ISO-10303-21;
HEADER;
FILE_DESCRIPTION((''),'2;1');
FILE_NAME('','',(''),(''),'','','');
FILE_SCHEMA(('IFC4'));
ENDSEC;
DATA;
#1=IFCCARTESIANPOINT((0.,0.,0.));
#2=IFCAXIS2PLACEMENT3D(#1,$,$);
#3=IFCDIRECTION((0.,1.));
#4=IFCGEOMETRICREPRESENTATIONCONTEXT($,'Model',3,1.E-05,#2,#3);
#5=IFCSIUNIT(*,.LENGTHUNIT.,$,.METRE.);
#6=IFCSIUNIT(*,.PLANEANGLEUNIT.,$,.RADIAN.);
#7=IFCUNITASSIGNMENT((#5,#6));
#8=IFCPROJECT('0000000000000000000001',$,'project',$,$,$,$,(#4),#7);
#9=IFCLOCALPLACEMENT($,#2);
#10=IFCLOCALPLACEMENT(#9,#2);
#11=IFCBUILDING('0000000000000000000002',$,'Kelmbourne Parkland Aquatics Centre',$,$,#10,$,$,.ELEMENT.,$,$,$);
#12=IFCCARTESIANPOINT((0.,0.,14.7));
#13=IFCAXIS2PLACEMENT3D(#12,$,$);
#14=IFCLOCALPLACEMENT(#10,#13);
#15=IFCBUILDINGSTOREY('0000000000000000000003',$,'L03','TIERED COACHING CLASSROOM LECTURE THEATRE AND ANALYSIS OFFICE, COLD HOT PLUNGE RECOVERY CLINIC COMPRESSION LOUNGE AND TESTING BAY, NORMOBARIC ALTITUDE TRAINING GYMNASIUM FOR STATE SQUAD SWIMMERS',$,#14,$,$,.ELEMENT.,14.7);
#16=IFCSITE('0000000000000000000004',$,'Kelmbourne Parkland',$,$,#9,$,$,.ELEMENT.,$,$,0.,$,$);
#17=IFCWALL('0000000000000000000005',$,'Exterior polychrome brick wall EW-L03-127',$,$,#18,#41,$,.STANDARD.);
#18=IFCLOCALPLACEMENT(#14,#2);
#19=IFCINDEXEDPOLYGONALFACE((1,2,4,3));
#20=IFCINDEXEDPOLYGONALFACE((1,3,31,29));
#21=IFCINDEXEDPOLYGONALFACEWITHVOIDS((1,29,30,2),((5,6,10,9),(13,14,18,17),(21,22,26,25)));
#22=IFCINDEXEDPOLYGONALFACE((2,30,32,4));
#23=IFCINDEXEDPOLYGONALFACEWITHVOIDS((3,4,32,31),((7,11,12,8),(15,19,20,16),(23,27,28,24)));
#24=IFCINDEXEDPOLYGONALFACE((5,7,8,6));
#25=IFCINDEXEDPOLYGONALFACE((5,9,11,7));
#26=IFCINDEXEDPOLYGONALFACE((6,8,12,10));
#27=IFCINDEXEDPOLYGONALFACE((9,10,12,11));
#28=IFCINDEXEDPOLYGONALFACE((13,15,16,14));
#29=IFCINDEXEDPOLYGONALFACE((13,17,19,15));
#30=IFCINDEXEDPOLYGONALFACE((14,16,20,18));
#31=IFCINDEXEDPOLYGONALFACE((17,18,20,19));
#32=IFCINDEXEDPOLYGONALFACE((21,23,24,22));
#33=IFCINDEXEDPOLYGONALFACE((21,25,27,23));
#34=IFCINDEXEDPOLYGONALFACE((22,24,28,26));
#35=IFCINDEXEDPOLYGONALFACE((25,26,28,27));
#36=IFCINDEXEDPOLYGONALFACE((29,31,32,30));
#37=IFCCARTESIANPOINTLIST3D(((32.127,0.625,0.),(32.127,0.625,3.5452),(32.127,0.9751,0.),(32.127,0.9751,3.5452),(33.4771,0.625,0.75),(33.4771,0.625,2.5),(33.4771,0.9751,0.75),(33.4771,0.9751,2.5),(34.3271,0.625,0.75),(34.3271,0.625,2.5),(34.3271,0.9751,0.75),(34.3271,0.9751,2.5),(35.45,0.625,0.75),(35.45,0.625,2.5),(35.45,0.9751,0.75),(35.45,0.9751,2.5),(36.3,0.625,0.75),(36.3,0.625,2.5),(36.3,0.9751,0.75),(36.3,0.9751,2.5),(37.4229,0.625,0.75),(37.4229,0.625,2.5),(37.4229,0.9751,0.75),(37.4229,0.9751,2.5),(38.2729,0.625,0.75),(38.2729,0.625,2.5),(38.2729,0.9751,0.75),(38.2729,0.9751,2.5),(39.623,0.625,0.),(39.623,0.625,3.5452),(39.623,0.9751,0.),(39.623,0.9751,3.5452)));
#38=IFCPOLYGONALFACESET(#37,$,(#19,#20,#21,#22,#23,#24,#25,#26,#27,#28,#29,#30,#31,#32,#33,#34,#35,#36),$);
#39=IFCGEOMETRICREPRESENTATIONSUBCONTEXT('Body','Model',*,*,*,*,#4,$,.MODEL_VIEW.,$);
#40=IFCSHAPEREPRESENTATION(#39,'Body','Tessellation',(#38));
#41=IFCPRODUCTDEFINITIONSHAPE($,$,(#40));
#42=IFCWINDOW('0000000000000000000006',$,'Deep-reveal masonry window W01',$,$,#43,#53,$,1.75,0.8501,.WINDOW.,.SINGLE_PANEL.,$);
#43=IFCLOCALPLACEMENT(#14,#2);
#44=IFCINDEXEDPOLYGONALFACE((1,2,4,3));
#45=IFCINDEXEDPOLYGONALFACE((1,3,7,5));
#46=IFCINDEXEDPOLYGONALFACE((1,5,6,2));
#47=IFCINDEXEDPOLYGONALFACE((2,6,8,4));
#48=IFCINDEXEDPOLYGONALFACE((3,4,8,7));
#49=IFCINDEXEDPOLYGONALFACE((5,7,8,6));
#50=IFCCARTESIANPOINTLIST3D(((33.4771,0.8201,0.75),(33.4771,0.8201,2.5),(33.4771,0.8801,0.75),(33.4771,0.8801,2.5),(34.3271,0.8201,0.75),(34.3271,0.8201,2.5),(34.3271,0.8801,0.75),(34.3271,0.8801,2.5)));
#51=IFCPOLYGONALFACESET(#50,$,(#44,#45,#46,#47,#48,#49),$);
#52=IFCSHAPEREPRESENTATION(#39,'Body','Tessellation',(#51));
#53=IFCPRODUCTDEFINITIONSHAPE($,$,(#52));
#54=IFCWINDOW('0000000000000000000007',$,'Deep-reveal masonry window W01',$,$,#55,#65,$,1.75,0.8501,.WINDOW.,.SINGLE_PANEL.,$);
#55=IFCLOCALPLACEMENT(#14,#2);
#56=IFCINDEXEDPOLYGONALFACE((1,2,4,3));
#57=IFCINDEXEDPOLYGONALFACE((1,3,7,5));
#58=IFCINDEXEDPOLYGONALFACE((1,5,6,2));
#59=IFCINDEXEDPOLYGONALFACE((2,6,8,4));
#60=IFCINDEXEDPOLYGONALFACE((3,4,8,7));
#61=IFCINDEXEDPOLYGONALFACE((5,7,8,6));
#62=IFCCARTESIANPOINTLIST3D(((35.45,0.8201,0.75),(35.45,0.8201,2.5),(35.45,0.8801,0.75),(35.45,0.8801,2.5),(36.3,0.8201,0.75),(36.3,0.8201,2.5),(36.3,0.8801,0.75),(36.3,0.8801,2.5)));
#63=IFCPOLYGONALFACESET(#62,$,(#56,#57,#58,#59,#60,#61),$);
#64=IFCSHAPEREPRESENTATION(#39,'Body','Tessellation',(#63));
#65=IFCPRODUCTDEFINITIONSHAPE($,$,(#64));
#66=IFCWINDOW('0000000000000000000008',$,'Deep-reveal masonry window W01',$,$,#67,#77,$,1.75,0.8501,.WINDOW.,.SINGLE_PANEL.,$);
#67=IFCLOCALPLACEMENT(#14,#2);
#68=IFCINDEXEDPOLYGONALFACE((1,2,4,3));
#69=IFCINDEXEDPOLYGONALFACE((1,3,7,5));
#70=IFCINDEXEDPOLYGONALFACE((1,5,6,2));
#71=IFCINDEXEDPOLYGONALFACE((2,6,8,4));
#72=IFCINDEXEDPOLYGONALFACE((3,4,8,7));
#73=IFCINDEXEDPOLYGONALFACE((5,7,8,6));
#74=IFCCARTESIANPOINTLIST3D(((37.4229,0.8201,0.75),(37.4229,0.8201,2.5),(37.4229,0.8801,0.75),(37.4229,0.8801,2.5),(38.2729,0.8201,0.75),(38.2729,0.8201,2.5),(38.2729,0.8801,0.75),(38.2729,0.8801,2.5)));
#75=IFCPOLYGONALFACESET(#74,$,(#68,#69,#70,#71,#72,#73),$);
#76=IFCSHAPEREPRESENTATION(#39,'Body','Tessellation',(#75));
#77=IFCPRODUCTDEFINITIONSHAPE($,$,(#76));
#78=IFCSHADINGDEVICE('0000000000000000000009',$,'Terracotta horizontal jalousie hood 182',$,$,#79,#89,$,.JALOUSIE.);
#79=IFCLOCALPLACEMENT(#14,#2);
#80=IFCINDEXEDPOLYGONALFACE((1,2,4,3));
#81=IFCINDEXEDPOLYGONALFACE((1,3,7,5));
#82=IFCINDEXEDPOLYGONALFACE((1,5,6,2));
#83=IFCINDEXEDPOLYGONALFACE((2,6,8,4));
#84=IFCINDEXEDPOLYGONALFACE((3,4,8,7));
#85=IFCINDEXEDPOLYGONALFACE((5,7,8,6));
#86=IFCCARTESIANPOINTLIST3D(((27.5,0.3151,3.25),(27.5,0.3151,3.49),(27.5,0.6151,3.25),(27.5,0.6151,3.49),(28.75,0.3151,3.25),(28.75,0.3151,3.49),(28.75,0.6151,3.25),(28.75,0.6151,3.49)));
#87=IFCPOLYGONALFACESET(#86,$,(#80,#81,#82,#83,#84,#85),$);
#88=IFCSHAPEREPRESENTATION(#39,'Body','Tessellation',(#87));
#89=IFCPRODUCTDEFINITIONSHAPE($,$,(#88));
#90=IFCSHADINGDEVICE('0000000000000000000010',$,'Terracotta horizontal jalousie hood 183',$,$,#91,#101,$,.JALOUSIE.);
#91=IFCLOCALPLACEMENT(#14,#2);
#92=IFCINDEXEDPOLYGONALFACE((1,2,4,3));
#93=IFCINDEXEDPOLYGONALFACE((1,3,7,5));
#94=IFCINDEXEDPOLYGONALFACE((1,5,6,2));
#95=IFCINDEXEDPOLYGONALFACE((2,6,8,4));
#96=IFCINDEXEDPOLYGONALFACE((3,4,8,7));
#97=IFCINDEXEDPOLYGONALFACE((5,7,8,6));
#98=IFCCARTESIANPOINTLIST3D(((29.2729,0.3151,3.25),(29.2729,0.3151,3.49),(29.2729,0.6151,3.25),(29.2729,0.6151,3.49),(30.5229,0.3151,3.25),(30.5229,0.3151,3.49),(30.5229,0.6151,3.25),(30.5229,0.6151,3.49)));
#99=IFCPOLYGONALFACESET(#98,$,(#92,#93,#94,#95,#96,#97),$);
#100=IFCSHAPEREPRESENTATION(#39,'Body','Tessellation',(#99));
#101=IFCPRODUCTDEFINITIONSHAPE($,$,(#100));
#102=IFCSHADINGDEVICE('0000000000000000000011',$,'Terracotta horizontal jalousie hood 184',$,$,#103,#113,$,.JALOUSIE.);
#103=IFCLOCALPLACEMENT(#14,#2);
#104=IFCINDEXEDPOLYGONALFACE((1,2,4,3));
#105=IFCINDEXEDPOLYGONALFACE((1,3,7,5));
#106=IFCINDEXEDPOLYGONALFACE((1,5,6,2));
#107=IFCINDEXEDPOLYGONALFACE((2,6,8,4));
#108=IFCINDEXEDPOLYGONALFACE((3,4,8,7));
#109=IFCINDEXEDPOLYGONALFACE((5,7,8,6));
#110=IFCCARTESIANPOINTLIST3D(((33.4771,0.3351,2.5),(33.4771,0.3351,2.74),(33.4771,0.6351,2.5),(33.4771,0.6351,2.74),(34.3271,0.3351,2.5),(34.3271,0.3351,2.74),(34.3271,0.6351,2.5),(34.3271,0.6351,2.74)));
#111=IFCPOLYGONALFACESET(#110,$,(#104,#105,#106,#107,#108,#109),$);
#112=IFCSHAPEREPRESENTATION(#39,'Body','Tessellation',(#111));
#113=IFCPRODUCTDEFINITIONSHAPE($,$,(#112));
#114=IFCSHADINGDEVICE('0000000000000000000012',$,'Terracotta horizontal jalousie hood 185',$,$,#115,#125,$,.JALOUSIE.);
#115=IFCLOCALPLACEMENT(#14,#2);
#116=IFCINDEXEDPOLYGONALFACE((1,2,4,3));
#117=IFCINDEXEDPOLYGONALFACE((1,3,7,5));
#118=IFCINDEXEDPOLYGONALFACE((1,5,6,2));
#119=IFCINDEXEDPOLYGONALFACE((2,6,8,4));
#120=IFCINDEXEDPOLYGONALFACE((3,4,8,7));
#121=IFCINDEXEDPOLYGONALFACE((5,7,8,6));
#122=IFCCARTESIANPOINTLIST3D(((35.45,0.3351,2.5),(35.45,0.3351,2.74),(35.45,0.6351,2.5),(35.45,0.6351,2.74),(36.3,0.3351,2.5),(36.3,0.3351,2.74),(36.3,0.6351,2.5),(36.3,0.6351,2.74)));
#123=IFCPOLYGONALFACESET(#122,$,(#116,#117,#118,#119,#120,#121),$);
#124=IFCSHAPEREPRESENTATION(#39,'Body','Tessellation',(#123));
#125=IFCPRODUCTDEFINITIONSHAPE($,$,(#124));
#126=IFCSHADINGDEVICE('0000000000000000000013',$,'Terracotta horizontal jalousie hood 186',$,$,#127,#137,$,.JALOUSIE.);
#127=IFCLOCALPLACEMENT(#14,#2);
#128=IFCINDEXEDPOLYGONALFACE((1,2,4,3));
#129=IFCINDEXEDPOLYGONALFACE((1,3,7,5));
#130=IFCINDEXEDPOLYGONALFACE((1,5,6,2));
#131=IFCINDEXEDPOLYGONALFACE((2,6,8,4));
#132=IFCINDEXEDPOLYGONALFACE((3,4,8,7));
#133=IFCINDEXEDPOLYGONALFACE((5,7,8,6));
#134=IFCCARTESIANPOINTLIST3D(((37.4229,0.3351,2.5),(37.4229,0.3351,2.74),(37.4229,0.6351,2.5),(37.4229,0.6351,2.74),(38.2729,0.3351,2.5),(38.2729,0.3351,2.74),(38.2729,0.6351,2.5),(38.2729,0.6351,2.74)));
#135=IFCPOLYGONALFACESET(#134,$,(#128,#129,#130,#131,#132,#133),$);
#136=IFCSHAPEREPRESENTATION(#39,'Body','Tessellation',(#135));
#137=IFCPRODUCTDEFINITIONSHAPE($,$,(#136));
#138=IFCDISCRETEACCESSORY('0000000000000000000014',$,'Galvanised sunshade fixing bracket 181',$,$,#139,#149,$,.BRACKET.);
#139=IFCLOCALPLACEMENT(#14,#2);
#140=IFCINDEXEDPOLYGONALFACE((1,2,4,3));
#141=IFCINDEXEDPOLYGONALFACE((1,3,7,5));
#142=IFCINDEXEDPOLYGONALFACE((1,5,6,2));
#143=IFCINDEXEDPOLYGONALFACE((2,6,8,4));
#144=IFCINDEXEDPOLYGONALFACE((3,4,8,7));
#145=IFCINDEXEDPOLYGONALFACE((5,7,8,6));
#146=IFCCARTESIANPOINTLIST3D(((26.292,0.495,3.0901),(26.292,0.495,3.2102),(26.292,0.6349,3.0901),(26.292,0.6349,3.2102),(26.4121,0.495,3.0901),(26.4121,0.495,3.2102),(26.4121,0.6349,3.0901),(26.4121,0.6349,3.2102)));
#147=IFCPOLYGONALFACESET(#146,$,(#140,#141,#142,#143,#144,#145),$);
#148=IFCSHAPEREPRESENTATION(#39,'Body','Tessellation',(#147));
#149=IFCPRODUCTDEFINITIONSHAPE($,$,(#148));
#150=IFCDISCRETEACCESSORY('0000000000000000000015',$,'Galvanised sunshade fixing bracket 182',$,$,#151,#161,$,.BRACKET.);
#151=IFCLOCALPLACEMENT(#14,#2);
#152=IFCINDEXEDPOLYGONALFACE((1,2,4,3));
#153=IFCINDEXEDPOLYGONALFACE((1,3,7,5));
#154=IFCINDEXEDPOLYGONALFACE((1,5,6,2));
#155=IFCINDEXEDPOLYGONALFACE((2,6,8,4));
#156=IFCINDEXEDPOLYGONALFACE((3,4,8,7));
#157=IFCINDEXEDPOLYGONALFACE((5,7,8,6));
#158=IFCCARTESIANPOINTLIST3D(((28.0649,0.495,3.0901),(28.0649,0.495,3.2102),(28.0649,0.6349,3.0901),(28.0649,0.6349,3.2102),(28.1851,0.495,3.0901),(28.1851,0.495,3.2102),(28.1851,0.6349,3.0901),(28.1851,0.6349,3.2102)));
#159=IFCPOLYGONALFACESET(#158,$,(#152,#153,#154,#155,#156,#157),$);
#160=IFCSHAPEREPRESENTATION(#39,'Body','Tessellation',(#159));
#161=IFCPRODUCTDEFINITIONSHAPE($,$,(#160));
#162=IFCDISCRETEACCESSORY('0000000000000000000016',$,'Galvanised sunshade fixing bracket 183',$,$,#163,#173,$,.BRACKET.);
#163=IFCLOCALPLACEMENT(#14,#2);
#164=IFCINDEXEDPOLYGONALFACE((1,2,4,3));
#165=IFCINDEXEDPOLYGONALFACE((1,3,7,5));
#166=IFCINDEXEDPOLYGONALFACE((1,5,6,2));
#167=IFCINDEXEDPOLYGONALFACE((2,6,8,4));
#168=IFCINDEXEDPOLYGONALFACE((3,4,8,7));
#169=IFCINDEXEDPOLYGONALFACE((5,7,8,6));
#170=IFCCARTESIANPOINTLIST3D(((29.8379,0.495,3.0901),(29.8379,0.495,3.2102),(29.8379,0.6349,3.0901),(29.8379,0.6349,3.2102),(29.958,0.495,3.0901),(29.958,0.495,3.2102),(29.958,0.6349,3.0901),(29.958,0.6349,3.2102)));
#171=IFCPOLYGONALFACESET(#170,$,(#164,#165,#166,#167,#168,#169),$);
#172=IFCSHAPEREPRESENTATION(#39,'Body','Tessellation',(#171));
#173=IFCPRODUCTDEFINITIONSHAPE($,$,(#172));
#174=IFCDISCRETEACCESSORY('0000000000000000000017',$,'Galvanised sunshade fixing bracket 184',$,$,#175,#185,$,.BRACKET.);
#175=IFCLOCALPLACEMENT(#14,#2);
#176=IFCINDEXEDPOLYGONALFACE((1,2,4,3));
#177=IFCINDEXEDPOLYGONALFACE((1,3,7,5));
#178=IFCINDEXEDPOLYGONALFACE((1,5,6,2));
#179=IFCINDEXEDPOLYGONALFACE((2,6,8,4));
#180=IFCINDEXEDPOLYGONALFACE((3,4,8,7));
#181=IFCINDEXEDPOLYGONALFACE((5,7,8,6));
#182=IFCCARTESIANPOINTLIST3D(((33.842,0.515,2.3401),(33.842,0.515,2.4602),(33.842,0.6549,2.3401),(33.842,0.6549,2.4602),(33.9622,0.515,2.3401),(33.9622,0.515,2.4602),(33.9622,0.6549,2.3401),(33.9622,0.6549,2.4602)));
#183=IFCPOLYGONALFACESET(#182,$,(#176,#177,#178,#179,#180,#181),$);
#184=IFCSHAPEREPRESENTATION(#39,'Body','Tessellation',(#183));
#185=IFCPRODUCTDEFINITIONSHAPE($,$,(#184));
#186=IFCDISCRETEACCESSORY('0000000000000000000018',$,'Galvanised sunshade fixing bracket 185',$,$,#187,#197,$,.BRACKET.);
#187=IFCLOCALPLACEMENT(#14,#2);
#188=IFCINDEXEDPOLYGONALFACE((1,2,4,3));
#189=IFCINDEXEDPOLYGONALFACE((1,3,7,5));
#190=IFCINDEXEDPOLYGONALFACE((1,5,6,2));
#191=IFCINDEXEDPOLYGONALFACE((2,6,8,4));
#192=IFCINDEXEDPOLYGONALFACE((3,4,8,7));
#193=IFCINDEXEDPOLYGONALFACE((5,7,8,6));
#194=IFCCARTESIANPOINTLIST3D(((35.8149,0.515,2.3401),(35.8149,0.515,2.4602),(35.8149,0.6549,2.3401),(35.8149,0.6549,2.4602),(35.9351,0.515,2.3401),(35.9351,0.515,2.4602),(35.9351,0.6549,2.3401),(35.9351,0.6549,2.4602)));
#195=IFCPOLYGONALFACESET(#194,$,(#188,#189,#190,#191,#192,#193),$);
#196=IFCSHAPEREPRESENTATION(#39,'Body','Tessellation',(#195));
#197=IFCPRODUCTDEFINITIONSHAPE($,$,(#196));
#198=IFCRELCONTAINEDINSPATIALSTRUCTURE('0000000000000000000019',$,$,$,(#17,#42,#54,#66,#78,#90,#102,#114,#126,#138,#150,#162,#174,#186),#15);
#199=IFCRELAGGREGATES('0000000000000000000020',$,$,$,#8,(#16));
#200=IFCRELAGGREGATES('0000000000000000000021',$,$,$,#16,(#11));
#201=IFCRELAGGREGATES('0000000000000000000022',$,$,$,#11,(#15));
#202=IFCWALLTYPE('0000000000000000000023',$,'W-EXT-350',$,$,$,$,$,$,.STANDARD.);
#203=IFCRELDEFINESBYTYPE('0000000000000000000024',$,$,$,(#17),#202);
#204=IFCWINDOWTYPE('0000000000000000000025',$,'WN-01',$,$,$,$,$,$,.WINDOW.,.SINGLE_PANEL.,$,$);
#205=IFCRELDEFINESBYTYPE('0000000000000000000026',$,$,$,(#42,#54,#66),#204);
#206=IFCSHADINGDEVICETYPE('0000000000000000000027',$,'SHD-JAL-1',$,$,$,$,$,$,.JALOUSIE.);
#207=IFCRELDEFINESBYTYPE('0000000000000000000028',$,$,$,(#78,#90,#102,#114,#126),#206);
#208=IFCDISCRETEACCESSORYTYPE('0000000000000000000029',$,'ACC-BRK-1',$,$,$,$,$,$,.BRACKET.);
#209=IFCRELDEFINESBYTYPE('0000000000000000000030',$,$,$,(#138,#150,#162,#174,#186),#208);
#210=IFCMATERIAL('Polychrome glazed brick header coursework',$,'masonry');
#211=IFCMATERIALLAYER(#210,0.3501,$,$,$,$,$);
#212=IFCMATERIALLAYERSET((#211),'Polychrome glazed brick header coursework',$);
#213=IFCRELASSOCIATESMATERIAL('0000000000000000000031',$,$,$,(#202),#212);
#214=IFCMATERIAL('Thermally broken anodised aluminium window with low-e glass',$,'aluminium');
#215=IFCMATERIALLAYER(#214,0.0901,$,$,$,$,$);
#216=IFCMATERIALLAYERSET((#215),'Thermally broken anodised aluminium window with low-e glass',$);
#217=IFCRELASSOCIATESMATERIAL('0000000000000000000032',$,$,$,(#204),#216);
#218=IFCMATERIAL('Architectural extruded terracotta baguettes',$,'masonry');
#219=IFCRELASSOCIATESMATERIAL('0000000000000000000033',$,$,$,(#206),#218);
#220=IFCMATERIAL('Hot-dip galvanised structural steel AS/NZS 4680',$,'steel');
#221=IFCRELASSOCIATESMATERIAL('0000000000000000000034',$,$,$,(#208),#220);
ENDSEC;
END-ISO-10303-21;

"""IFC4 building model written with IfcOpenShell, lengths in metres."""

from ifc_helpers import new_model, si_unit, direction, frame, frame_2d, origin, origin_2d, place, context, subcontext, project, spatial, rectangle, extrude, material, layer, layer_set, type_object, element, fill, save


model = new_model("IFC4")

# Units and contexts
model_context = context("Model", 3, precision=1e-05, world=origin(), true_north=direction((0.0, 1.0)))
body_context = subcontext(model_context, "Body", "Model", "MODEL_VIEW")
ifc_project = project(units=[si_unit("LENGTHUNIT", "METRE"), si_unit("PLANEANGLEUNIT", "RADIAN")], contexts=[model_context])

# Site, building, storey
site_placement = place(None, origin())
site = spatial("IfcSite", under=ifc_project, at=site_placement, Name="Kelmbourne Parkland", CompositionType="ELEMENT", RefElevation=0.0)
building_placement = place(site_placement, origin())
building = spatial("IfcBuilding", under=site, at=building_placement, Name="Kelmbourne Parkland Aquatics Centre", CompositionType="ELEMENT")
storey_placement = place(building_placement, frame((0.0, 0.0, 14.7)))
storey = spatial("IfcBuildingStorey", under=building, at=storey_placement, Name="L03", Description="TIERED COACHING CLASSROOM LECTURE THEATRE AND ANALYSIS OFFICE, COLD HOT PLUNGE RECOVERY CLINIC COMPRESSION LOUNGE AND TESTING BAY, NORMOBARIC ALTITUDE TRAINING GYMNASIUM FOR STATE SQUAD SWIMMERS", CompositionType="ELEMENT", Elevation=14.7)

# Wall, openings, windows
ifc_material_1 = material(Name="Polychrome glazed brick header coursework", Category="masonry")
ifc_layer_1 = layer(ifc_material_1, 0.3501)
ifc_layer_set_1 = layer_set([ifc_layer_1], Name="Polychrome glazed brick header coursework")
wall_type = type_object("IfcWallType", Name="W-EXT-350", PredefinedType="STANDARD", material=ifc_layer_set_1)
wall_placement = place(storey_placement, frame((32.127, 0.8, 0.0), z_axis=(0.0, 0.0, 1.0), x_axis=(1.0, 0.0, 0.0)))
wall = element("IfcWall", 1, at=wall_placement, inside=storey, type_object=wall_type, Name="Exterior polychrome brick wall EW-L03-127", PredefinedType="STANDARD", context=body_context, shape_type="SweptSolid", body=[
    extrude(rectangle(XDim=7.4961, YDim=0.3501, at=frame_2d((3.748, 0.0))), origin(), (0.0, 0.0, 1.0), 3.5452),
])
opening_1_placement = place(wall_placement, frame((1.3501, 0.0, 0.75)))
opening_1 = element("IfcOpeningElement", 2, at=opening_1_placement, cuts=wall, PredefinedType="OPENING", context=body_context, shape_type="SweptSolid", body=[
    extrude(rectangle(XDim=0.8501, YDim=1.75, at=frame_2d((0.425, 0.875))), frame((0.0, 0.187, 0.0), z_axis=(0.0, -1.0, 0.0), x_axis=(1.0, 0.0, 0.0)), (0.0, 0.0, 1.0), 0.374),
])
opening_2_placement = place(wall_placement, frame((3.323, 0.0, 0.75)))
opening_2 = element("IfcOpeningElement", 3, at=opening_2_placement, cuts=wall, PredefinedType="OPENING", context=body_context, shape_type="SweptSolid", body=[
    extrude(rectangle(XDim=0.8501, YDim=1.75, at=frame_2d((0.425, 0.875))), frame((0.0, 0.187, 0.0), z_axis=(0.0, -1.0, 0.0), x_axis=(1.0, 0.0, 0.0)), (0.0, 0.0, 1.0), 0.374),
])
opening_3_placement = place(wall_placement, frame((5.2959, 0.0, 0.75)))
opening_3 = element("IfcOpeningElement", 4, at=opening_3_placement, cuts=wall, PredefinedType="OPENING", context=body_context, shape_type="SweptSolid", body=[
    extrude(rectangle(XDim=0.8501, YDim=1.75, at=frame_2d((0.425, 0.875))), frame((0.0, 0.187, 0.0), z_axis=(0.0, -1.0, 0.0), x_axis=(1.0, 0.0, 0.0)), (0.0, 0.0, 1.0), 0.374),
])
ifc_material_2 = material(Name="Thermally broken anodised aluminium window with low-e glass", Category="aluminium")
ifc_layer_2 = layer(ifc_material_2, 0.0901)
ifc_layer_set_2 = layer_set([ifc_layer_2], Name="Thermally broken anodised aluminium window with low-e glass")
window_type = type_object("IfcWindowType", Name="WN-01", PartitioningType="SINGLE_PANEL", PredefinedType="WINDOW", material=ifc_layer_set_2)
window_1_placement = place(opening_1_placement, origin())
window_1 = element("IfcWindow", 5, at=window_1_placement, inside=storey, type_object=window_type, Name="Deep-reveal masonry window W01", OverallHeight=1.75, OverallWidth=0.8501, PartitioningType="SINGLE_PANEL", PredefinedType="WINDOW", context=body_context, shape_type="SweptSolid", body=[
    extrude(rectangle(XDim=0.8501, YDim=1.75, at=frame_2d((0.425, 0.875))), frame((0.0, 0.0801, 0.0), z_axis=(0.0, -1.0, 0.0), x_axis=(1.0, 0.0, 0.0)), (0.0, 0.0, 1.0), 0.0601),
])
fill(opening_1, window_1)
window_2_placement = place(opening_2_placement, origin())
window_2 = element("IfcWindow", 6, at=window_2_placement, inside=storey, type_object=window_type, Name="Deep-reveal masonry window W01", OverallHeight=1.75, OverallWidth=0.8501, PartitioningType="SINGLE_PANEL", PredefinedType="WINDOW", context=body_context, shape_type="SweptSolid", body=[
    extrude(rectangle(XDim=0.8501, YDim=1.75, at=frame_2d((0.425, 0.875))), frame((0.0, 0.0801, 0.0), z_axis=(0.0, -1.0, 0.0), x_axis=(1.0, 0.0, 0.0)), (0.0, 0.0, 1.0), 0.0601),
])
fill(opening_2, window_2)
window_3_placement = place(opening_3_placement, origin())
window_3 = element("IfcWindow", 7, at=window_3_placement, inside=storey, type_object=window_type, Name="Deep-reveal masonry window W01", OverallHeight=1.75, OverallWidth=0.8501, PartitioningType="SINGLE_PANEL", PredefinedType="WINDOW", context=body_context, shape_type="SweptSolid", body=[
    extrude(rectangle(XDim=0.8501, YDim=1.75, at=frame_2d((0.425, 0.875))), frame((0.0, 0.0801, 0.0), z_axis=(0.0, -1.0, 0.0), x_axis=(1.0, 0.0, 0.0)), (0.0, 0.0, 1.0), 0.0601),
])
fill(opening_3, window_3)

# Shading devices
ifc_material_3 = material(Name="Architectural extruded terracotta baguettes", Category="masonry")
shading_device_type = type_object("IfcShadingDeviceType", Name="SHD-JAL-1", PredefinedType="JALOUSIE", material=ifc_material_3)
for number, where, z_axis, x_axis, name in (
    (8, (28.125, 0.4651, 3.25), (0.0, 0.0, 1.0), (1.0, 0.0, 0.0), "Terracotta horizontal jalousie hood 182"),
    (9, (29.8979, 0.4651, 3.25), (0.0, 0.0, 1.0), (1.0, 0.0, 0.0), "Terracotta horizontal jalousie hood 183"),
):
    element("IfcShadingDevice", number, at=place(storey_placement, frame(where, z_axis=z_axis, x_axis=x_axis)), inside=storey, type_object=shading_device_type, Name=name, PredefinedType="JALOUSIE", context=body_context, shape_type="SweptSolid", body=[
        extrude(rectangle(XDim=1.25, YDim=0.3, at=origin_2d()), origin(), (0.0, 0.0, 1.0), 0.24),
    ])
for number, where, z_axis, x_axis, name in (
    (10, (33.9021, 0.4851, 2.5), (0.0, 0.0, 1.0), (1.0, 0.0, 0.0), "Terracotta horizontal jalousie hood 184"),
    (11, (35.875, 0.4851, 2.5), (0.0, 0.0, 1.0), (1.0, 0.0, 0.0), "Terracotta horizontal jalousie hood 185"),
    (12, (37.8479, 0.4851, 2.5), (0.0, 0.0, 1.0), (1.0, 0.0, 0.0), "Terracotta horizontal jalousie hood 186"),
):
    element("IfcShadingDevice", number, at=place(storey_placement, frame(where, z_axis=z_axis, x_axis=x_axis)), inside=storey, type_object=shading_device_type, Name=name, PredefinedType="JALOUSIE", context=body_context, shape_type="SweptSolid", body=[
        extrude(rectangle(XDim=0.8501, YDim=0.3, at=origin_2d()), origin(), (0.0, 0.0, 1.0), 0.24),
    ])

# Discrete accessories
ifc_material_4 = material(Name="Hot-dip galvanised structural steel AS/NZS 4680", Category="steel")
discrete_accessory_type = type_object("IfcDiscreteAccessoryType", Name="ACC-BRK-1", PredefinedType="BRACKET", material=ifc_material_4)
for number, where, z_axis, x_axis, name in (
    (13, (26.3521, 0.5649, 3.0901), (0.0, 0.0, 1.0), (1.0, 0.0, 0.0), "Galvanised sunshade fixing bracket 181"),
    (14, (28.125, 0.5649, 3.0901), (0.0, 0.0, 1.0), (1.0, 0.0, 0.0), "Galvanised sunshade fixing bracket 182"),
    (15, (29.8979, 0.5649, 3.0901), (0.0, 0.0, 1.0), (1.0, 0.0, 0.0), "Galvanised sunshade fixing bracket 183"),
    (16, (33.9021, 0.585, 2.3401), (0.0, 0.0, 1.0), (1.0, 0.0, 0.0), "Galvanised sunshade fixing bracket 184"),
    (17, (35.875, 0.585, 2.3401), (0.0, 0.0, 1.0), (1.0, 0.0, 0.0), "Galvanised sunshade fixing bracket 185"),
):
    element("IfcDiscreteAccessory", number, at=place(storey_placement, frame(where, z_axis=z_axis, x_axis=x_axis)), inside=storey, type_object=discrete_accessory_type, Name=name, PredefinedType="BRACKET", context=body_context, shape_type="SweptSolid", body=[
        extrude(rectangle(XDim=0.1201, YDim=0.1399, at=origin_2d()), origin(), (0.0, 0.0, 1.0), 0.1201),
    ])

save(model, "model.ifc")
